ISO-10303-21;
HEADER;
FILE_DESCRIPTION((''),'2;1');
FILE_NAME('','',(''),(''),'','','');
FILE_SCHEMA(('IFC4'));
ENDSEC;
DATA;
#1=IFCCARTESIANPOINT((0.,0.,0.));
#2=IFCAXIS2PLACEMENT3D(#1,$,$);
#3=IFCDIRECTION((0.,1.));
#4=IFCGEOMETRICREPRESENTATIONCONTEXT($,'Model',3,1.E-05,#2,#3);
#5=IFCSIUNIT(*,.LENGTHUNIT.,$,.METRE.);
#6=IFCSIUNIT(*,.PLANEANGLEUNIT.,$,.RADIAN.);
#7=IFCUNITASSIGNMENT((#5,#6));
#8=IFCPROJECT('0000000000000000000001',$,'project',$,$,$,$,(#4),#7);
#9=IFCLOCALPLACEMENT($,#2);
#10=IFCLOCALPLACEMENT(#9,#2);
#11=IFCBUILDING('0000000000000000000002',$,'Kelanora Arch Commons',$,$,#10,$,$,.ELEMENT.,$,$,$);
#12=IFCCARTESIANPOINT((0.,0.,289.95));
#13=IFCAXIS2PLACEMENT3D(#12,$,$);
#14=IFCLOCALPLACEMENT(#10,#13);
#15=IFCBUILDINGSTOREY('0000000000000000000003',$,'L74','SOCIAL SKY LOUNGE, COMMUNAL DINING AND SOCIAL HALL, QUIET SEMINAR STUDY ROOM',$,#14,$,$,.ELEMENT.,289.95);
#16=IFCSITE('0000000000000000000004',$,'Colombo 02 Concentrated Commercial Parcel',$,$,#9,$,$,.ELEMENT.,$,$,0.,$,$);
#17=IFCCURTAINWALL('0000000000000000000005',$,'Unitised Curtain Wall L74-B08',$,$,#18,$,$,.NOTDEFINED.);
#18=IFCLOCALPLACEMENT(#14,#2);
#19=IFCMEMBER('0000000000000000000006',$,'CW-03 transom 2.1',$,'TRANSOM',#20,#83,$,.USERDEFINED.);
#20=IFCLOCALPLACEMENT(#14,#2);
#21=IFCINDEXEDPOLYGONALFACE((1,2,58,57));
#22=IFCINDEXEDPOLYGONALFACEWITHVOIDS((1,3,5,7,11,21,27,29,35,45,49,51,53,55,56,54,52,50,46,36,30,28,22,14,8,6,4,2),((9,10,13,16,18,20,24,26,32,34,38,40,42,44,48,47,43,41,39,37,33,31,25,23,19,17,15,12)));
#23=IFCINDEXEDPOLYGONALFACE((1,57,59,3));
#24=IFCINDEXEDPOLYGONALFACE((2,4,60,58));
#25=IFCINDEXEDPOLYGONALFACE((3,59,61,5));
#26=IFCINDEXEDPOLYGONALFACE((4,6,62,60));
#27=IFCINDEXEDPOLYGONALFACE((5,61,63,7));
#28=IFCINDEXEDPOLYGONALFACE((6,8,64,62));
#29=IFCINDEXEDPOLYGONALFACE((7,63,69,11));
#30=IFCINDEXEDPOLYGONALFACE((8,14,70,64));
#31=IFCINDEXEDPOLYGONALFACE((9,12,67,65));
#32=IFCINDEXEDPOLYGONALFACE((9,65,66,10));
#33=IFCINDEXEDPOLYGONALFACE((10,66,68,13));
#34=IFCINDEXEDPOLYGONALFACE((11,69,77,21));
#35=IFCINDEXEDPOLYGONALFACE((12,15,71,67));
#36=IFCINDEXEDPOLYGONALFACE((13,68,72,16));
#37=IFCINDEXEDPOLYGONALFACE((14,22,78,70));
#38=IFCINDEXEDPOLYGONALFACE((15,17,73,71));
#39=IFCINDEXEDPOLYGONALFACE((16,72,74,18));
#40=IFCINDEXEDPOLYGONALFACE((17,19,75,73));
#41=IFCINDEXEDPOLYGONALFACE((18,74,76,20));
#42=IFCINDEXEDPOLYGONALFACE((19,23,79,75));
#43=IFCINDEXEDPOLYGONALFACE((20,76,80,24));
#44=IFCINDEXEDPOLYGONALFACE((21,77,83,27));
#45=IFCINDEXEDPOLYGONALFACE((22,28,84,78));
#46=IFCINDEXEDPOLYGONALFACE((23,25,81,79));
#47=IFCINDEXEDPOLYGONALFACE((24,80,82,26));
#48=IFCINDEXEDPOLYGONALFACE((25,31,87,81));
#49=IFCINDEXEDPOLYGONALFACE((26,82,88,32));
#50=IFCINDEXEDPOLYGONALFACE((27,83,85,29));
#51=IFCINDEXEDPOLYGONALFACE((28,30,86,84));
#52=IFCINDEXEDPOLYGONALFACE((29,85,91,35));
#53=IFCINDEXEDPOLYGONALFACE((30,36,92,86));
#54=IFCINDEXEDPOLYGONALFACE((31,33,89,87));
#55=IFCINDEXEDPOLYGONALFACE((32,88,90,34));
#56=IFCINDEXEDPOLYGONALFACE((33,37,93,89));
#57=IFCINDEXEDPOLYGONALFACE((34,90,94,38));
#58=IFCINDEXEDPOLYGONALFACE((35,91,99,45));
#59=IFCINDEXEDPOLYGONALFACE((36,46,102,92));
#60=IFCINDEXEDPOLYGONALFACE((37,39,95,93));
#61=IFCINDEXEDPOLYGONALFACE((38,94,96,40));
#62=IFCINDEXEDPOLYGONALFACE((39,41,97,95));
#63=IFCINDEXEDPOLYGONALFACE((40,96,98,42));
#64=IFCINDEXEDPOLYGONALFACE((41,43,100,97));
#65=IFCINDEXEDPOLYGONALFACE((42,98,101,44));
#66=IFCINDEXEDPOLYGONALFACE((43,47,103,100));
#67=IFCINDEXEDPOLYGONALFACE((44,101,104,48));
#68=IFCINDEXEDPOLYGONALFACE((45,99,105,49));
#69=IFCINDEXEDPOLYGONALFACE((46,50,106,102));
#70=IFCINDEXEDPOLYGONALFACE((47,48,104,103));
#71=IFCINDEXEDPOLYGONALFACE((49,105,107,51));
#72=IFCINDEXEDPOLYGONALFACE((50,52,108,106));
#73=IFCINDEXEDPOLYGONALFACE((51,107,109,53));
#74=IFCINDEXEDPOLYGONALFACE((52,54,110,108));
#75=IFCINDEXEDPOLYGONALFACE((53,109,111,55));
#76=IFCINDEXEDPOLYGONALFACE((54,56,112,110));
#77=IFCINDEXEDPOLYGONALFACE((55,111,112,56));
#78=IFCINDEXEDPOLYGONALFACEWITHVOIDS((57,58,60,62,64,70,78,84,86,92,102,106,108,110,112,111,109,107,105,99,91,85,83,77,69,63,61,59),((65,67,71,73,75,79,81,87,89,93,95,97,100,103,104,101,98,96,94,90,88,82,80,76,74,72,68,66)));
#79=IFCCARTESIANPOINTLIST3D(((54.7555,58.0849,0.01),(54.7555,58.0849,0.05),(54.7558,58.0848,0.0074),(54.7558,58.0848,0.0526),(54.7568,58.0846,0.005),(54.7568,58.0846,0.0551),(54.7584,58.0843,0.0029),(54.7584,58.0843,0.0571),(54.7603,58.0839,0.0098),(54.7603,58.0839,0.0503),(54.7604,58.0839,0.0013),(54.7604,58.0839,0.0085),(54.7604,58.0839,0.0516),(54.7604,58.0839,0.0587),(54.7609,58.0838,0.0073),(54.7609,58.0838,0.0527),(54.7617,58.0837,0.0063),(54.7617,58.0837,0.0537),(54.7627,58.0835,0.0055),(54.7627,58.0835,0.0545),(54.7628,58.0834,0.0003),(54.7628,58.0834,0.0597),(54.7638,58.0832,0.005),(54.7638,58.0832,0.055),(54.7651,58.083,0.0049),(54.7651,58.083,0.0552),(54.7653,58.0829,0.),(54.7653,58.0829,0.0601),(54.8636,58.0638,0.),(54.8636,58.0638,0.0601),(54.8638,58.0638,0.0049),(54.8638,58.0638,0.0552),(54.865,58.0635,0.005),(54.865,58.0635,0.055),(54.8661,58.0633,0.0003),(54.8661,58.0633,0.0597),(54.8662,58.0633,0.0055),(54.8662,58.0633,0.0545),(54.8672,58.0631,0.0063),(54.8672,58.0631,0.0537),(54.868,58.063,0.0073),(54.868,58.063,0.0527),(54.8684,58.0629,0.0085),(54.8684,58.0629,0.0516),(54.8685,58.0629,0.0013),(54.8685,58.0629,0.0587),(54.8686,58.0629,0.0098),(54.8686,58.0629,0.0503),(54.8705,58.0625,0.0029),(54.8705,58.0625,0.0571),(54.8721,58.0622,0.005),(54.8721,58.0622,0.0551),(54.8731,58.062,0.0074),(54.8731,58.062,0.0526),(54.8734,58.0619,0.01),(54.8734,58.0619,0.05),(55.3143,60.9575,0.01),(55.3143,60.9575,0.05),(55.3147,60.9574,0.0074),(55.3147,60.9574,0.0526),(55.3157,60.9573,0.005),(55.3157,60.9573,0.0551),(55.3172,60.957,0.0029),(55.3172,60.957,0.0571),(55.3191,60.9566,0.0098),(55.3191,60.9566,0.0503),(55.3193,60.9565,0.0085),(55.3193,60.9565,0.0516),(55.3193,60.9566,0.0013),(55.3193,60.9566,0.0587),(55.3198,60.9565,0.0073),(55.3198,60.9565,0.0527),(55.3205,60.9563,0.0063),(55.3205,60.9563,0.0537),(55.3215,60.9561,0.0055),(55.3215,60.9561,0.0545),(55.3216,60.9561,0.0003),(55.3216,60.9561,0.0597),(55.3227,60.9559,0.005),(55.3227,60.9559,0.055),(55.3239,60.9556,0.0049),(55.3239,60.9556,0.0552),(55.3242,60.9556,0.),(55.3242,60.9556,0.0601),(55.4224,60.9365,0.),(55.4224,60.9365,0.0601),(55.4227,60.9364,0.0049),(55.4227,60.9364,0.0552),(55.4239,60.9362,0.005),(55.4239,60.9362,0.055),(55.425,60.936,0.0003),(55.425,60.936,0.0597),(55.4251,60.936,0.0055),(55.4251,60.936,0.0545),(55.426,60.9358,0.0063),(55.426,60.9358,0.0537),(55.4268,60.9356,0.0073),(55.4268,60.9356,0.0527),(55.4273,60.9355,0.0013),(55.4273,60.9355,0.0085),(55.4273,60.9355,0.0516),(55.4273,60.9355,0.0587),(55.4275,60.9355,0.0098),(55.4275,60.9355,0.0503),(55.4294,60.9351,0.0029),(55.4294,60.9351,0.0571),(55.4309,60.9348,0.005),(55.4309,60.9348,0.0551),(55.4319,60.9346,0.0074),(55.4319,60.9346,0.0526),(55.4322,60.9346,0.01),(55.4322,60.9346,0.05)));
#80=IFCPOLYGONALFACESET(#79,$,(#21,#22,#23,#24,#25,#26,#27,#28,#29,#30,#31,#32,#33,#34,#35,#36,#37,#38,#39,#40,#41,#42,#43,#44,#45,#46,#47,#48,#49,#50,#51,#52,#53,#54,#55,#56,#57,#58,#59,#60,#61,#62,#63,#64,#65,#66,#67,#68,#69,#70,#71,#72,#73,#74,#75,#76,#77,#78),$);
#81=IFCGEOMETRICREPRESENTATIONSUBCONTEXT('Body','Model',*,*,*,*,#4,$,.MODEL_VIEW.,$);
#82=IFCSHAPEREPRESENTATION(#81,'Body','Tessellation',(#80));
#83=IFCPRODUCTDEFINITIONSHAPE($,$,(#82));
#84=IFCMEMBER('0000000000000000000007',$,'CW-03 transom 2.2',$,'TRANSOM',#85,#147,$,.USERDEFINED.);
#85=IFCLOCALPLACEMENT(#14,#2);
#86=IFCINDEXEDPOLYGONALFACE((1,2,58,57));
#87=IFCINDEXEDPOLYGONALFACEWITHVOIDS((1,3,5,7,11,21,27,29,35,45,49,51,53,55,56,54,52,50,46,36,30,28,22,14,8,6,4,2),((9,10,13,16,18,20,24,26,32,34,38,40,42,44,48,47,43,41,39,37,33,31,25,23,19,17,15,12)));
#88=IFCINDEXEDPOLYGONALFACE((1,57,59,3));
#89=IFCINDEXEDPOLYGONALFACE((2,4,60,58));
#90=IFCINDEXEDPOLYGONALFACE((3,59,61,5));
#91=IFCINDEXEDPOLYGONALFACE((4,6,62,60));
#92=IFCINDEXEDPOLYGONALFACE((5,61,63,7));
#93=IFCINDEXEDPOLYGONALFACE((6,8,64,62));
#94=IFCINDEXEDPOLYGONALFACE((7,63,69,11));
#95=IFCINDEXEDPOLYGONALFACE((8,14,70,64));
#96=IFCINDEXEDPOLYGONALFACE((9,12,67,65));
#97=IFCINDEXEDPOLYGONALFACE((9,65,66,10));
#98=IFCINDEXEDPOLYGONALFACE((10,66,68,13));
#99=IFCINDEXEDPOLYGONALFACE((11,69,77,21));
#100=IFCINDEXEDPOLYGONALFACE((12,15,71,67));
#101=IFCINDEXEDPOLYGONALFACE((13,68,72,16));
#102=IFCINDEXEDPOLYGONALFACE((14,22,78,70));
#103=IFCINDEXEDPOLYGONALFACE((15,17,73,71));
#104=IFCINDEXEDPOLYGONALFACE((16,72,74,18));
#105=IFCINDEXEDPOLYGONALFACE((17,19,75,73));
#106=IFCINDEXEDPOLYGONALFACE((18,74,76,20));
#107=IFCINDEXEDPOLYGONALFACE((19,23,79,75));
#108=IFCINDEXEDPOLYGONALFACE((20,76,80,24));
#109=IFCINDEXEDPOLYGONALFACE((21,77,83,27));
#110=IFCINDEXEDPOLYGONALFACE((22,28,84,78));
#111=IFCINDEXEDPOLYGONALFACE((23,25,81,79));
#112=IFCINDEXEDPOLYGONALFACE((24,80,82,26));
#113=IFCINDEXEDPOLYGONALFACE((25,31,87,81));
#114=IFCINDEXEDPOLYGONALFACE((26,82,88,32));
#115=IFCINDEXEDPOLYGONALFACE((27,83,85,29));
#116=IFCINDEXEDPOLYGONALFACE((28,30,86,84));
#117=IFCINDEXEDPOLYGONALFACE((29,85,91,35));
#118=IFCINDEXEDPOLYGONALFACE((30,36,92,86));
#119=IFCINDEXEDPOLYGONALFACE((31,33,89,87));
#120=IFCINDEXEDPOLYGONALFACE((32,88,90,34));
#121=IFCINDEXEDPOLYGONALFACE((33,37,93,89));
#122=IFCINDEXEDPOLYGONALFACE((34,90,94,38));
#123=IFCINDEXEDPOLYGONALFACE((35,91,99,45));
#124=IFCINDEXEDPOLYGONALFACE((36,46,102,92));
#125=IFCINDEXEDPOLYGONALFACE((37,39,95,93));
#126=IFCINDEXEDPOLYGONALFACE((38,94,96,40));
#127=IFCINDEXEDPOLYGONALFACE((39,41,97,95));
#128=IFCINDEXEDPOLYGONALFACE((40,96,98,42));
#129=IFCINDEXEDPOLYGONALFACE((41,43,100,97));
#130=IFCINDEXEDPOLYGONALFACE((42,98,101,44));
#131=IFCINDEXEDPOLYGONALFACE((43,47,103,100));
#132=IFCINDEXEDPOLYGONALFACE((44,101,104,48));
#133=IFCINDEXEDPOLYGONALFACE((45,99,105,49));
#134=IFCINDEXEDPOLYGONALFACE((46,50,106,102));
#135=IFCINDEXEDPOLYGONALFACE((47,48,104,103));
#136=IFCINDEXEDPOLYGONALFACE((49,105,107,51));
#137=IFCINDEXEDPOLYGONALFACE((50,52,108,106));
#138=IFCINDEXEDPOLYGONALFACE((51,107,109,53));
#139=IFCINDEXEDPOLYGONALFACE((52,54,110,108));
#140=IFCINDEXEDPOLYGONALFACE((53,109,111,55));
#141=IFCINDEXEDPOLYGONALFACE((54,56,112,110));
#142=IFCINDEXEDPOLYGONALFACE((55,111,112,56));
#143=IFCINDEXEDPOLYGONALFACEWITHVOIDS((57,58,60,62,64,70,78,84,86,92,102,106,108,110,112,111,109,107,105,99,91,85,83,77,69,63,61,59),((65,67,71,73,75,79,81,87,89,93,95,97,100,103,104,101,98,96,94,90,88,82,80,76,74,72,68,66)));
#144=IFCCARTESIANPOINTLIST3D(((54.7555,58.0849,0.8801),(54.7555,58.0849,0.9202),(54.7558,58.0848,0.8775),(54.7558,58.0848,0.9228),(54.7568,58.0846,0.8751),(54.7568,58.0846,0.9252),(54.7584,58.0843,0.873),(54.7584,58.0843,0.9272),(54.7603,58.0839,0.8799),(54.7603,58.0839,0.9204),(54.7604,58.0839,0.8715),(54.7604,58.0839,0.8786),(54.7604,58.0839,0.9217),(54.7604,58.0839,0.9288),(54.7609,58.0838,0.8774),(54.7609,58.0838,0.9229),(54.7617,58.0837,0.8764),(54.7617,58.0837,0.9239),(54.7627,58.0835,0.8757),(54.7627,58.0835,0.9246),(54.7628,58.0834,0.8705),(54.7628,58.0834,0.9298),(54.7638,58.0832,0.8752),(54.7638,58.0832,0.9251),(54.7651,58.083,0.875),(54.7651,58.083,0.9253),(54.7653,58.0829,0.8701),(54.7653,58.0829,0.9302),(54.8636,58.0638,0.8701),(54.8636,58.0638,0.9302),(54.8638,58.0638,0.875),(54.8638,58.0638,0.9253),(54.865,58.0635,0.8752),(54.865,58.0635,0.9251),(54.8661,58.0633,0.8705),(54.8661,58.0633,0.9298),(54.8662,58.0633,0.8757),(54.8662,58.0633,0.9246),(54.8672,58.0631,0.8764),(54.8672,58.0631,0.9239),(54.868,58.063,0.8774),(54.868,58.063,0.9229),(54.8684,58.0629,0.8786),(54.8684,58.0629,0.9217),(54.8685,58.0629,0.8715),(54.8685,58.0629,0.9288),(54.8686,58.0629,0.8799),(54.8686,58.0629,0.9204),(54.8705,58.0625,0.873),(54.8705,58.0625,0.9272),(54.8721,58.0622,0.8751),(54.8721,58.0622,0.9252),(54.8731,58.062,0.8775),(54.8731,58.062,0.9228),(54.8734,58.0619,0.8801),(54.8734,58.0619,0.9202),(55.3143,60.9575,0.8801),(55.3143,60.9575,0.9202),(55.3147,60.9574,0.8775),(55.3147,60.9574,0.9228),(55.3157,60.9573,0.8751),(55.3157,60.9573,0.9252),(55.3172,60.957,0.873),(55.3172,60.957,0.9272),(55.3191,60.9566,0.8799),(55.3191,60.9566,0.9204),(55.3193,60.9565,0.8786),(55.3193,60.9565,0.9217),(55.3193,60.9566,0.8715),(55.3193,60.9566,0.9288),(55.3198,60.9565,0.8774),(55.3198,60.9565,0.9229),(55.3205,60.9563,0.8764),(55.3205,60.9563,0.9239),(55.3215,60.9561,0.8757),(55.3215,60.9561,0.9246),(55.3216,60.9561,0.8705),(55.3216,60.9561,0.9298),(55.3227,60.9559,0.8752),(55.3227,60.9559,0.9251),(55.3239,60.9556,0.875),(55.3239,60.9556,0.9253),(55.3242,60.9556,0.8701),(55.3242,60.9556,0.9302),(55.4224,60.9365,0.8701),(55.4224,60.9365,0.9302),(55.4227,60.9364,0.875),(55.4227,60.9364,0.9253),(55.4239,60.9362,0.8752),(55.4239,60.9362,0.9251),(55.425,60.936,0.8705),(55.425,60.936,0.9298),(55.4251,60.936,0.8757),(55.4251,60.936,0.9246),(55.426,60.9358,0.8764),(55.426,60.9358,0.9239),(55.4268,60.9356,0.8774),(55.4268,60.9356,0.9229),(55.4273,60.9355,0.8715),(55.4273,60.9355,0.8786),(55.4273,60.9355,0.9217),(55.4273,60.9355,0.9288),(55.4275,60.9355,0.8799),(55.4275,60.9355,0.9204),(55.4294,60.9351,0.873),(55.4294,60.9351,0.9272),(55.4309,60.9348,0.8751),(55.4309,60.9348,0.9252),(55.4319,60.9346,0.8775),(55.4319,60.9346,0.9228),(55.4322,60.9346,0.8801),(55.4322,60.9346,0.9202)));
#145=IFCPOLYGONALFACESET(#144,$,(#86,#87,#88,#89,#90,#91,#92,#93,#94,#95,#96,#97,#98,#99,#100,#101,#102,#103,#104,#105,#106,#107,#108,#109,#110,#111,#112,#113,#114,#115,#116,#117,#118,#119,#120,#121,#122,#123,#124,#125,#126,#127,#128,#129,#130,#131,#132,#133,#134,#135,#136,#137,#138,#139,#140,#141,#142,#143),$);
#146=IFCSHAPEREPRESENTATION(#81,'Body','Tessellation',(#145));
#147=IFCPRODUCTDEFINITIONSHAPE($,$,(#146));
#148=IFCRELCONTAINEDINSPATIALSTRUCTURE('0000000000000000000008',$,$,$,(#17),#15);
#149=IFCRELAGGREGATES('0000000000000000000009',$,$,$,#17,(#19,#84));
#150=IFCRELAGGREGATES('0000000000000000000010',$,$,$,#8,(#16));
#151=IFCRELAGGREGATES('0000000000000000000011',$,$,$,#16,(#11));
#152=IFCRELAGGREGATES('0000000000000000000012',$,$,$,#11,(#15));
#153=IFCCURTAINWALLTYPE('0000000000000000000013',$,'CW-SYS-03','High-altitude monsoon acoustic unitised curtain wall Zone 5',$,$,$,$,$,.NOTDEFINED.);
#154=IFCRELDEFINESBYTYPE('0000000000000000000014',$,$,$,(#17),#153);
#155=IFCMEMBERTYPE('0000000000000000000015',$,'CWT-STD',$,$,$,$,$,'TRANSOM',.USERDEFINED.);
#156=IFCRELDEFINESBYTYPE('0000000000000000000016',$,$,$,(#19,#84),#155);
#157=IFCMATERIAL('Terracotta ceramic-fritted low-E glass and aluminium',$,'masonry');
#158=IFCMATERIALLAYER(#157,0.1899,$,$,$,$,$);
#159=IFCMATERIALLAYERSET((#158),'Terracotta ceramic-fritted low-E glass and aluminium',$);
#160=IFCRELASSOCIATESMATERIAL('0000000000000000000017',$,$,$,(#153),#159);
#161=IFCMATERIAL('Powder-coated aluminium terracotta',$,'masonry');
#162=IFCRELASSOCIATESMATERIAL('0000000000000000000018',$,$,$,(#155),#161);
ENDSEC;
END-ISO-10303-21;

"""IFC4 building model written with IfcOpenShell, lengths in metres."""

from ifc_helpers import new_model, si_unit, direction, frame, origin, origin_2d, place, context, subcontext, project, spatial, hollow_rectangle, extrude, material, layer, layer_set, material_profile, profile_set, type_object, element, aggregate, save


model = new_model("IFC4")

# Units and contexts
model_context = context("Model", 3, precision=1e-05, world=origin(), true_north=direction((0.0, 1.0)))
body_context = subcontext(model_context, "Body", "Model", "MODEL_VIEW")
ifc_project = project(units=[si_unit("LENGTHUNIT", "METRE"), si_unit("PLANEANGLEUNIT", "RADIAN")], contexts=[model_context])

# Site, building, storey
site_placement = place(None, origin())
site = spatial("IfcSite", under=ifc_project, at=site_placement, Name="Colombo 02 Concentrated Commercial Parcel", CompositionType="ELEMENT", RefElevation=0.0)
building_placement = place(site_placement, origin())
building = spatial("IfcBuilding", under=site, at=building_placement, Name="Kelanora Arch Commons", CompositionType="ELEMENT")
storey_placement = place(building_placement, frame((0.0, 0.0, 289.95)))
storey = spatial("IfcBuildingStorey", under=building, at=storey_placement, Name="L74", Description="SOCIAL SKY LOUNGE, COMMUNAL DINING AND SOCIAL HALL, QUIET SEMINAR STUDY ROOM", CompositionType="ELEMENT", Elevation=289.95)

# Curtain wall, members
ifc_material_1 = material(Name="Terracotta ceramic-fritted low-E glass and aluminium", Category="masonry")
ifc_layer_1 = layer(ifc_material_1, 0.1899)
ifc_layer_set_1 = layer_set([ifc_layer_1], Name="Terracotta ceramic-fritted low-E glass and aluminium")
curtain_wall_type = type_object("IfcCurtainWallType", Name="CW-SYS-03", Description="High-altitude monsoon acoustic unitised curtain wall Zone 5", PredefinedType="NOTDEFINED", material=ifc_layer_set_1)
curtain_wall_placement = place(storey_placement, origin())
curtain_wall = element("IfcCurtainWall", 1, at=curtain_wall_placement, inside=storey, type_object=curtain_wall_type, Name="Unitised Curtain Wall L74-B08", PredefinedType="NOTDEFINED")
ifc_material_2 = material(Name="Powder-coated aluminium terracotta", Category="masonry")
ifc_material_profile_1 = material_profile(ifc_material_2, hollow_rectangle(XDim=0.1201, YDim=0.0601, WallThickness=0.0049, InnerFilletRadius=0.0049, OuterFilletRadius=0.01, at=origin_2d()), Name="CWT120x60")
ifc_profile_set_1 = profile_set([ifc_material_profile_1], Name="Powder-coated aluminium terracotta")
member_type_1 = type_object("IfcMemberType", Name="CWT-STD", ElementType="TRANSOM", PredefinedType="USERDEFINED", material=ifc_profile_set_1)
member_1_placement = place(storey_placement, frame((55.3733, 60.946, 0.03), z_axis=(-0.190963, -0.981597, 0.0), x_axis=(0.981597, -0.190963, 0.0)))
member_1 = element("IfcMember", 2, at=member_1_placement, type_object=member_type_1, Name="CW-03 transom 2.1", ObjectType="TRANSOM", PredefinedType="USERDEFINED", context=body_context, shape_type="SweptSolid", body=[
    extrude(hollow_rectangle(XDim=0.1201, YDim=0.0601, WallThickness=0.0049, InnerFilletRadius=0.0049, OuterFilletRadius=0.01, at=origin_2d()), origin(), (0.0, 0.0, 1.0), 2.9265),
])
member_2_placement = place(storey_placement, frame((55.3733, 60.946, 0.9001), z_axis=(-0.190963, -0.981597, 0.0), x_axis=(0.981597, -0.190963, 0.0)))
member_2 = element("IfcMember", 3, at=member_2_placement, type_object=member_type_1, Name="CW-03 transom 2.2", ObjectType="TRANSOM", PredefinedType="USERDEFINED", context=body_context, shape_type="SweptSolid", body=[
    extrude(hollow_rectangle(XDim=0.1201, YDim=0.0601, WallThickness=0.0049, InnerFilletRadius=0.0049, OuterFilletRadius=0.01, at=origin_2d()), origin(), (0.0, 0.0, 1.0), 2.9265),
])
aggregate(curtain_wall, [member_1, member_2])

save(model, "model.ifc")
